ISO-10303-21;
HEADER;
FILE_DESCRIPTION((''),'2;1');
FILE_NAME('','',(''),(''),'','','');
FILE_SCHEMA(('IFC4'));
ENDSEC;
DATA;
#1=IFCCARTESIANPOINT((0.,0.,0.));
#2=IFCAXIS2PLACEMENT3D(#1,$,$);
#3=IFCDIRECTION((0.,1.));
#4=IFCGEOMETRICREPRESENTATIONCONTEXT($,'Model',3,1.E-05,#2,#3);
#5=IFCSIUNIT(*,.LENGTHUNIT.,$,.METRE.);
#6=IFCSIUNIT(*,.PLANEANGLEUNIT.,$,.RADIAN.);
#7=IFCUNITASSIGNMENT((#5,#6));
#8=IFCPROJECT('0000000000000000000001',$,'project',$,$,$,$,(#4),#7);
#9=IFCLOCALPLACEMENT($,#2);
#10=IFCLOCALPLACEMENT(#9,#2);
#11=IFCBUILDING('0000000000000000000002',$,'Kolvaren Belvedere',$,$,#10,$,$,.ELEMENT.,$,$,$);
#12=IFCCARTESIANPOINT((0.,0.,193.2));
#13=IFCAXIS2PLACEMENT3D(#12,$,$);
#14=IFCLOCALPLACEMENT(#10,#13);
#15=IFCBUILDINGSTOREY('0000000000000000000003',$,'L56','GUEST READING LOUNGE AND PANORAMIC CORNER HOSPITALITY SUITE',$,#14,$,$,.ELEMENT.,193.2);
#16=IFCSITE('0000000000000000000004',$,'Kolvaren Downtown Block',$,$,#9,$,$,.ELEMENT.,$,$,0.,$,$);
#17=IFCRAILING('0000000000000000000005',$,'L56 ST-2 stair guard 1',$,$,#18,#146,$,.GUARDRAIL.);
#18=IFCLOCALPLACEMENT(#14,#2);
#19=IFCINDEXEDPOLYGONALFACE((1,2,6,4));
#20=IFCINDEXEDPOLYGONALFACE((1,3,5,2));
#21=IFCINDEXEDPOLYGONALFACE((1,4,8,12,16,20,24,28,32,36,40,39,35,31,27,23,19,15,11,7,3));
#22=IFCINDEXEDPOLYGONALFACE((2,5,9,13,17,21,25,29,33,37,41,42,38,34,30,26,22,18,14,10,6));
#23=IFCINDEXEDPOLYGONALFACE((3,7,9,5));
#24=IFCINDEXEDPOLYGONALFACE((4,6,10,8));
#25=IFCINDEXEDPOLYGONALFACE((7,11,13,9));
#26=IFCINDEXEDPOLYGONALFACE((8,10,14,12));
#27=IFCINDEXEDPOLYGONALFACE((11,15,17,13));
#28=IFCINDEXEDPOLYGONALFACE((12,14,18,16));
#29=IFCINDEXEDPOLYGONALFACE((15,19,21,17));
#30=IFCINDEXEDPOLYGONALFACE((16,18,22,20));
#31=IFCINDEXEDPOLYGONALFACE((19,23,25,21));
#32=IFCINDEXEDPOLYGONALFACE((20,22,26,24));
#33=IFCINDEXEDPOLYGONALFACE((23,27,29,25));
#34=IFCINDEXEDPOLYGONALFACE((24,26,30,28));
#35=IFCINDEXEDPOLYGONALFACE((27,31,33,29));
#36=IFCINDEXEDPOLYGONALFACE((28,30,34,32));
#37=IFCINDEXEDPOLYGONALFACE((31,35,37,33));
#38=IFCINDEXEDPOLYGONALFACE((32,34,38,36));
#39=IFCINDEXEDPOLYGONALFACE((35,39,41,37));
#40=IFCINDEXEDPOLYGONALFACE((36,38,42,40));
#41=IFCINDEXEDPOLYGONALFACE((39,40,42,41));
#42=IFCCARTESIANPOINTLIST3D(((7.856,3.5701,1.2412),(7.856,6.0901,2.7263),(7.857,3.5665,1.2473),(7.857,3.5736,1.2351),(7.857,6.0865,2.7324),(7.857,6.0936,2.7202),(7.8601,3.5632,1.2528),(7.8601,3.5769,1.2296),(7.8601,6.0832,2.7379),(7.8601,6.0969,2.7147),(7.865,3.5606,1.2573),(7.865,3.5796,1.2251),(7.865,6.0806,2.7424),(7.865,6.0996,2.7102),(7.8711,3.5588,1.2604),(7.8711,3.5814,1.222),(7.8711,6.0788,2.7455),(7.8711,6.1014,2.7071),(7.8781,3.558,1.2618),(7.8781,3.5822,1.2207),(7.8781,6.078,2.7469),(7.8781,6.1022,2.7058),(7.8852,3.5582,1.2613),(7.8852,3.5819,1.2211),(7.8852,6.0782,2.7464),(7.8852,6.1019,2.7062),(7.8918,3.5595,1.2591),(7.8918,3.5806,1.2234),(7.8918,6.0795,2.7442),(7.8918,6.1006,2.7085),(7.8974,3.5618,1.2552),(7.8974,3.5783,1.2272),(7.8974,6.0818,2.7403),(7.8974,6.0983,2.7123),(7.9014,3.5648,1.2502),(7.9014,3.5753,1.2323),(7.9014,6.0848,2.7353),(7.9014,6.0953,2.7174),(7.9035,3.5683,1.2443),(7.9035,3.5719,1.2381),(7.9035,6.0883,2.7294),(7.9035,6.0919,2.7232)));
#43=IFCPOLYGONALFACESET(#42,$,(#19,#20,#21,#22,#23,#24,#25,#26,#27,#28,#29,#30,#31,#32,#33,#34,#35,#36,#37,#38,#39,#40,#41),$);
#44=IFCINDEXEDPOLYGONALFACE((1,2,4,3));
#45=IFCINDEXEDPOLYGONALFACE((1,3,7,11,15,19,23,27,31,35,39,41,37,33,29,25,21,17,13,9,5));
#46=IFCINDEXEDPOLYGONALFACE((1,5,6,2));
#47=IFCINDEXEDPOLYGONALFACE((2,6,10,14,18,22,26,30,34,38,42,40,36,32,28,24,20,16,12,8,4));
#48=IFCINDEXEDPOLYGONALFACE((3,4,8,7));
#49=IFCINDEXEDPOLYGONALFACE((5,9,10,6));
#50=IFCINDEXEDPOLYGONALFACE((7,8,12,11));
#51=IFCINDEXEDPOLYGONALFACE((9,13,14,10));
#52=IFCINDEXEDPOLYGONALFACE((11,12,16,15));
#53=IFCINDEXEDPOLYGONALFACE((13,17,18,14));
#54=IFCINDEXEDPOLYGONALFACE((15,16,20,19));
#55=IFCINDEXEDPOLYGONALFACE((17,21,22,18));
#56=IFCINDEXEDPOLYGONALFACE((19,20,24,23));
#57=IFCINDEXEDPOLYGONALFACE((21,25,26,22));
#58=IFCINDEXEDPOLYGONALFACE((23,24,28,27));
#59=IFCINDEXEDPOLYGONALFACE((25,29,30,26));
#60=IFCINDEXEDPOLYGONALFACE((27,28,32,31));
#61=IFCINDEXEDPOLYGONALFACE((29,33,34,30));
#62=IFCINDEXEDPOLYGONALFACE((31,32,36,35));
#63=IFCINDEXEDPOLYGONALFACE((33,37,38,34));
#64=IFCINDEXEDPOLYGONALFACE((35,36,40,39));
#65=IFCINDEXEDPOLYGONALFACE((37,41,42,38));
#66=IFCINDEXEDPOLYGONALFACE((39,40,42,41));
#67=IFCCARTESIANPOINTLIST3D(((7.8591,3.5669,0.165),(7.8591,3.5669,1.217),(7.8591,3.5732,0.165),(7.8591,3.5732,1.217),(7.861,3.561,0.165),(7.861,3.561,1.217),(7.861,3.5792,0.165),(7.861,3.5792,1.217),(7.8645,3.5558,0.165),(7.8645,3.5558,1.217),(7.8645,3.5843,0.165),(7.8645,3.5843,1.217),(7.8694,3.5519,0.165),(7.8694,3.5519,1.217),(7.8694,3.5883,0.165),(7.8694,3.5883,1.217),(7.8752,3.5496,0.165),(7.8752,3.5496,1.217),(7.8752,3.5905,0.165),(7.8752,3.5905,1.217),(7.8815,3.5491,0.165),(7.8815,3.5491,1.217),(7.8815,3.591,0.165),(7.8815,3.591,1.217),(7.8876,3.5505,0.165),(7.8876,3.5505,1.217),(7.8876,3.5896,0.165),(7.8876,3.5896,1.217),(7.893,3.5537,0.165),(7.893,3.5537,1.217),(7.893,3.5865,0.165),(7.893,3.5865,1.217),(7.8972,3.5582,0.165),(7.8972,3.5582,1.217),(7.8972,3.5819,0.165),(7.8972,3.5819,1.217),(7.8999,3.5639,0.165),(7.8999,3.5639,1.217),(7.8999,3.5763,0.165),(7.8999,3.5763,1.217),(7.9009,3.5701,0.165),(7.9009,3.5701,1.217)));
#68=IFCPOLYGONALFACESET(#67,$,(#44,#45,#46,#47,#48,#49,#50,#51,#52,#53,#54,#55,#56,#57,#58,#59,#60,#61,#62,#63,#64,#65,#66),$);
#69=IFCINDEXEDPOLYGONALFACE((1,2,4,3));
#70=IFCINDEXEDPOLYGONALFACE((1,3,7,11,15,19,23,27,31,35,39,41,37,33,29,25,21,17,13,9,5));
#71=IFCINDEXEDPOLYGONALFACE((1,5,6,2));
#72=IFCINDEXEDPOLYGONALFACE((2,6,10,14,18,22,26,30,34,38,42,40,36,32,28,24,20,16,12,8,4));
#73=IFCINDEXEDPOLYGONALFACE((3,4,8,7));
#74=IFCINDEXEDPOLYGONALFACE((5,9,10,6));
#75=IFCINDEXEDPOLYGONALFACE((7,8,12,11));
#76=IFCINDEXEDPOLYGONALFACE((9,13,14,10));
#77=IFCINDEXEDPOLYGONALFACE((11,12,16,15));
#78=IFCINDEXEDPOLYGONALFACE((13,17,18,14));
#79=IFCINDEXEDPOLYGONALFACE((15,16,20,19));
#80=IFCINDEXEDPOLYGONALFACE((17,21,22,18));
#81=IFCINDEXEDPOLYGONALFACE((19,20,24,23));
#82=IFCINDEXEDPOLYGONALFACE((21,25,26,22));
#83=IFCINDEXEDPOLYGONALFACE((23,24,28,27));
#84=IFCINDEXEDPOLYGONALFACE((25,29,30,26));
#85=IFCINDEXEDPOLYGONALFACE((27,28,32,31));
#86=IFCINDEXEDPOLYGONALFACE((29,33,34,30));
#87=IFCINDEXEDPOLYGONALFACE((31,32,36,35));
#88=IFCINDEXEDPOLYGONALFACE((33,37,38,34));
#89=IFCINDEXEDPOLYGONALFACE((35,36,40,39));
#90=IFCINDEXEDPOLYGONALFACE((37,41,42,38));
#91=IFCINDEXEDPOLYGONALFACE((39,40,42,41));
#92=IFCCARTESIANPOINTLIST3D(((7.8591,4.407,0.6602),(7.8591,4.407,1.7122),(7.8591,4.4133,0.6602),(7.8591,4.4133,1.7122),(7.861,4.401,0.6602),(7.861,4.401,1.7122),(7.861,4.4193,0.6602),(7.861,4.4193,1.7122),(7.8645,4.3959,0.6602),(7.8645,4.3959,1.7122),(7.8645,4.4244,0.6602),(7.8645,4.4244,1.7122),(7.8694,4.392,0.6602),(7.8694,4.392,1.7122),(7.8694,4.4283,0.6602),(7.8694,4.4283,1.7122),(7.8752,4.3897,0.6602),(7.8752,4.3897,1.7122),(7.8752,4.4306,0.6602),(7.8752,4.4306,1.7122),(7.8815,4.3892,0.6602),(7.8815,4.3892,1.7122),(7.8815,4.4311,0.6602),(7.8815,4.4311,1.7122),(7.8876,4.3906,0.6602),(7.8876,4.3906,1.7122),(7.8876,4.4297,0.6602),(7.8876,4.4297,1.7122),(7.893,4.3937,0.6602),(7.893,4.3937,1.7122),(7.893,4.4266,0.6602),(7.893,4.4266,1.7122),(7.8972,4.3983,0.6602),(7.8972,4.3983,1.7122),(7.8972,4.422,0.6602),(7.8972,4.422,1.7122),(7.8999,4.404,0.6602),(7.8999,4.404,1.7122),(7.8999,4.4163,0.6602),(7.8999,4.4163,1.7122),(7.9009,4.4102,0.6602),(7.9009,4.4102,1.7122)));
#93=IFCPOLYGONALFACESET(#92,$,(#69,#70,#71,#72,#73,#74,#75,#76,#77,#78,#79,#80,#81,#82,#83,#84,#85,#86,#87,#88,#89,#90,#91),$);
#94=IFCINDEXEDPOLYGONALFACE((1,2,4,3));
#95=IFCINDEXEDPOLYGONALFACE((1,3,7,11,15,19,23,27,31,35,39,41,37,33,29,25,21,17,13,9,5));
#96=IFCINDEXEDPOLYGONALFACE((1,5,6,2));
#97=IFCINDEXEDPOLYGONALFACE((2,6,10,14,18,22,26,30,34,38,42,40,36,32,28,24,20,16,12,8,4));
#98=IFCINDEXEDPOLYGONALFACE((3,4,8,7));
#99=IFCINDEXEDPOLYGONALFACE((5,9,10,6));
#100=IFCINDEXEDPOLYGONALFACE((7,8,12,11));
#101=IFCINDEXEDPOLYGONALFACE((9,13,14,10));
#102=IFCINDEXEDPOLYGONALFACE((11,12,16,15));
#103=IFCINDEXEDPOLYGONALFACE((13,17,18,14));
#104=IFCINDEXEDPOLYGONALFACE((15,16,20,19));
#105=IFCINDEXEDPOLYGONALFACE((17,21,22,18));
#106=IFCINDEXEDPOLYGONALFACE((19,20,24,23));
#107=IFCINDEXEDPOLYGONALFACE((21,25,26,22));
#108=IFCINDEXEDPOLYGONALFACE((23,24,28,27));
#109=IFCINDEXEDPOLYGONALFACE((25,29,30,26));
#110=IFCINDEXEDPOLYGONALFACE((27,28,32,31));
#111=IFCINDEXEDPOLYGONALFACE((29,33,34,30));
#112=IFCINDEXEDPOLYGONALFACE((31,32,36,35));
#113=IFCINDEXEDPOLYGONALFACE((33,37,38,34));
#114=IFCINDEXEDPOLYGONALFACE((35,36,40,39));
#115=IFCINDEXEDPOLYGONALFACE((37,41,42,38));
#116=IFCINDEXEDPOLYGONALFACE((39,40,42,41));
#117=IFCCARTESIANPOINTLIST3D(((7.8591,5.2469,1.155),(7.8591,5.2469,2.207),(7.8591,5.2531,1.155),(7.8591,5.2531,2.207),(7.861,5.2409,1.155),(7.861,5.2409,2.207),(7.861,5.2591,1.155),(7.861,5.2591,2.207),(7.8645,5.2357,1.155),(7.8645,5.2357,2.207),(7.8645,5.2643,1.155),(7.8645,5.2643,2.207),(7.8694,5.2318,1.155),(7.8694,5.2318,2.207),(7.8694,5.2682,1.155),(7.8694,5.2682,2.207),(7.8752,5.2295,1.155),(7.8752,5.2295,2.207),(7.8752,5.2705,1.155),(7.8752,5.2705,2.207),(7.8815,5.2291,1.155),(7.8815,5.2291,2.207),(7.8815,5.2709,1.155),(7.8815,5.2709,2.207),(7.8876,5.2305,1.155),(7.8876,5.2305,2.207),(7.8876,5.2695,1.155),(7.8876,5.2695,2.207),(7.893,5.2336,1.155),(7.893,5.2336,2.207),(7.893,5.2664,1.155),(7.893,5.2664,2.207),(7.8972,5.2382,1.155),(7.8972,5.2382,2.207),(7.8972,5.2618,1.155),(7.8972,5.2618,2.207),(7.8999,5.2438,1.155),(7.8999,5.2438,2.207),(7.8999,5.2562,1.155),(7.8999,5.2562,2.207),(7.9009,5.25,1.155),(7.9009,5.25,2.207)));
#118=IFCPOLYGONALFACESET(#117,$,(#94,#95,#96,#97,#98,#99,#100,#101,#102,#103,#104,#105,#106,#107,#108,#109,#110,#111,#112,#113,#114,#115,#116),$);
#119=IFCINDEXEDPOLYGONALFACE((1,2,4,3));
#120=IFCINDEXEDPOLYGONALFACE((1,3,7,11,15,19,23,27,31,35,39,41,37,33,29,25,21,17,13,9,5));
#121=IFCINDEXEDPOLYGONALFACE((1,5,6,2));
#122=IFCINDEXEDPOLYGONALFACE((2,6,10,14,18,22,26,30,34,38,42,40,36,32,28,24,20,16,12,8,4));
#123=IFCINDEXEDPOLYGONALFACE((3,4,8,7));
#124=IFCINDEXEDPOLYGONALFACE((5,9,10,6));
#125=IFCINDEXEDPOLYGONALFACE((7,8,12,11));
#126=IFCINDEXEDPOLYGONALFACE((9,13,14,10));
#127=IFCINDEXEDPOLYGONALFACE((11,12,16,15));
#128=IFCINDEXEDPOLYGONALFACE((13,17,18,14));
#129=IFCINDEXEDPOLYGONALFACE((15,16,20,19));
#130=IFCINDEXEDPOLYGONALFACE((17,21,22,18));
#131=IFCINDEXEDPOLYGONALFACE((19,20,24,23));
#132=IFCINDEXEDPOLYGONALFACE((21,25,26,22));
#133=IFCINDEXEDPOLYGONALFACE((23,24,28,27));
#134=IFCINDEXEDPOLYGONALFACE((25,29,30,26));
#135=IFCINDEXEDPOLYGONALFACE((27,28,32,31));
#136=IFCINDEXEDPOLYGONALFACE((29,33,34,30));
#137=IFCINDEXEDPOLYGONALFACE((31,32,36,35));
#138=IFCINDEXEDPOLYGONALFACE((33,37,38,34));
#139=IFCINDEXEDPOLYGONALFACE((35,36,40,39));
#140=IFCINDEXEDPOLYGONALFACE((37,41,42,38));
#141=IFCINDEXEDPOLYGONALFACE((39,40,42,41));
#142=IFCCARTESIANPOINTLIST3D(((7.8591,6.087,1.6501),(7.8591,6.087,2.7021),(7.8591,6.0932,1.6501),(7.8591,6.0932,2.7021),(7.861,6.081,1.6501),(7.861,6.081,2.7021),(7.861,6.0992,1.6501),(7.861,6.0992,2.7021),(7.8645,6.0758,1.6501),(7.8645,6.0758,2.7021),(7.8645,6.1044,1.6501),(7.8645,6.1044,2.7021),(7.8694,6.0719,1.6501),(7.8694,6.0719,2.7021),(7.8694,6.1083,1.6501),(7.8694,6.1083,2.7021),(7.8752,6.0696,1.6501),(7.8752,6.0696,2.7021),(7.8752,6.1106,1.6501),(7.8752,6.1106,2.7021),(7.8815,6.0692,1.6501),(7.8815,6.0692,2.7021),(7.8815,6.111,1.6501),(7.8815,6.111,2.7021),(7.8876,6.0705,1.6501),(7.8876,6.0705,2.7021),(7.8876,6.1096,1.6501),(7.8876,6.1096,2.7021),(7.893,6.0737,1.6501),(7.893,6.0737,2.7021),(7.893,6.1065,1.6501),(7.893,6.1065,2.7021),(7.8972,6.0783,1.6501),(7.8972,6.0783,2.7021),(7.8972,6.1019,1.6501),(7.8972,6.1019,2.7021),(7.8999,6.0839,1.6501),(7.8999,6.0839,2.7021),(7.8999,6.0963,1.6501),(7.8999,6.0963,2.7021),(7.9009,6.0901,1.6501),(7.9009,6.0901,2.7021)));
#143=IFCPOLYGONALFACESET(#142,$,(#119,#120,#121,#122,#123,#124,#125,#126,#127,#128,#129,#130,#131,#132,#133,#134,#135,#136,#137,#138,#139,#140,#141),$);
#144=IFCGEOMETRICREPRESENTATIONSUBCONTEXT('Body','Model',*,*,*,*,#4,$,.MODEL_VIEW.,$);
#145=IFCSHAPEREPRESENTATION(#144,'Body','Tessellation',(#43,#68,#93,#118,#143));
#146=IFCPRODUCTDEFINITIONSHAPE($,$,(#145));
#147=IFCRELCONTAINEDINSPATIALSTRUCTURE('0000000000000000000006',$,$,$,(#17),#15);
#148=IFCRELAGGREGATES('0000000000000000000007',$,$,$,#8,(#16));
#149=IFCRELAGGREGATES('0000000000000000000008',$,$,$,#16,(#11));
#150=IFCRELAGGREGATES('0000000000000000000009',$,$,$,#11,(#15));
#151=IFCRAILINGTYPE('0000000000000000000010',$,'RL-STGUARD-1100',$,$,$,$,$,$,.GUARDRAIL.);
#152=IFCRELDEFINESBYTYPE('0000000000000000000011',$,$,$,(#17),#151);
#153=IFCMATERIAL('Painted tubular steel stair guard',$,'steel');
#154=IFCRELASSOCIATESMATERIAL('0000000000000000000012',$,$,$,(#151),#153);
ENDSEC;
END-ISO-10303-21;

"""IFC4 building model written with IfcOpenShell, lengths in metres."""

from ifc_helpers import new_model, si_unit, direction, frame, origin, origin_2d, place, context, subcontext, project, spatial, circle, extrude, material, type_object, element, save


model = new_model("IFC4")

# Units and contexts
model_context = context("Model", 3, precision=1e-05, world=origin(), true_north=direction((0.0, 1.0)))
body_context = subcontext(model_context, "Body", "Model", "MODEL_VIEW")
ifc_project = project(units=[si_unit("LENGTHUNIT", "METRE"), si_unit("PLANEANGLEUNIT", "RADIAN")], contexts=[model_context])

# Site, building, storey
site_placement = place(None, origin())
site = spatial("IfcSite", under=ifc_project, at=site_placement, Name="Kolvaren Downtown Block", CompositionType="ELEMENT", RefElevation=0.0)
building_placement = place(site_placement, origin())
building = spatial("IfcBuilding", under=site, at=building_placement, Name="Kolvaren Belvedere", CompositionType="ELEMENT")
storey_placement = place(building_placement, frame((0.0, 0.0, 193.2)))
storey = spatial("IfcBuildingStorey", under=building, at=storey_placement, Name="L56", Description="GUEST READING LOUNGE AND PANORAMIC CORNER HOSPITALITY SUITE", CompositionType="ELEMENT", Elevation=193.2)

# Railing
ifc_material_1 = material(Name="Painted tubular steel stair guard", Category="steel")
railing_type_1 = type_object("IfcRailingType", Name="RL-STGUARD-1100", PredefinedType="GUARDRAIL", material=ifc_material_1)
railing_1_placement = place(storey_placement, frame((7.8799, 3.5701, 0.165)))
element("IfcRailing", 1, at=railing_1_placement, inside=storey, type_object=railing_type_1, Name="L56 ST-2 stair guard 1", PredefinedType="GUARDRAIL", context=body_context, shape_type="SweptSolid", body=[
    extrude(circle(Radius=0.0239, at=origin_2d()), frame((0.0, 0.0, 1.0762), z_axis=(0.0, 0.861524, 0.507717), x_axis=(-1.0, 0.0, 0.0)), (0.0, 0.0, 1.0), 2.925),
    extrude(circle(Radius=0.021, at=origin_2d()), origin(), (0.0, 0.0, 1.0), 1.052),
    extrude(circle(Radius=0.021, at=origin_2d()), frame((0.0, 0.8401, 0.4951)), (0.0, 0.0, 1.0), 1.052),
    extrude(circle(Radius=0.021, at=origin_2d()), frame((0.0, 1.6799, 0.99)), (0.0, 0.0, 1.0), 1.052),
    extrude(circle(Radius=0.021, at=origin_2d()), frame((0.0, 2.52, 1.4851)), (0.0, 0.0, 1.0), 1.052),
])

save(model, "model.ifc")
